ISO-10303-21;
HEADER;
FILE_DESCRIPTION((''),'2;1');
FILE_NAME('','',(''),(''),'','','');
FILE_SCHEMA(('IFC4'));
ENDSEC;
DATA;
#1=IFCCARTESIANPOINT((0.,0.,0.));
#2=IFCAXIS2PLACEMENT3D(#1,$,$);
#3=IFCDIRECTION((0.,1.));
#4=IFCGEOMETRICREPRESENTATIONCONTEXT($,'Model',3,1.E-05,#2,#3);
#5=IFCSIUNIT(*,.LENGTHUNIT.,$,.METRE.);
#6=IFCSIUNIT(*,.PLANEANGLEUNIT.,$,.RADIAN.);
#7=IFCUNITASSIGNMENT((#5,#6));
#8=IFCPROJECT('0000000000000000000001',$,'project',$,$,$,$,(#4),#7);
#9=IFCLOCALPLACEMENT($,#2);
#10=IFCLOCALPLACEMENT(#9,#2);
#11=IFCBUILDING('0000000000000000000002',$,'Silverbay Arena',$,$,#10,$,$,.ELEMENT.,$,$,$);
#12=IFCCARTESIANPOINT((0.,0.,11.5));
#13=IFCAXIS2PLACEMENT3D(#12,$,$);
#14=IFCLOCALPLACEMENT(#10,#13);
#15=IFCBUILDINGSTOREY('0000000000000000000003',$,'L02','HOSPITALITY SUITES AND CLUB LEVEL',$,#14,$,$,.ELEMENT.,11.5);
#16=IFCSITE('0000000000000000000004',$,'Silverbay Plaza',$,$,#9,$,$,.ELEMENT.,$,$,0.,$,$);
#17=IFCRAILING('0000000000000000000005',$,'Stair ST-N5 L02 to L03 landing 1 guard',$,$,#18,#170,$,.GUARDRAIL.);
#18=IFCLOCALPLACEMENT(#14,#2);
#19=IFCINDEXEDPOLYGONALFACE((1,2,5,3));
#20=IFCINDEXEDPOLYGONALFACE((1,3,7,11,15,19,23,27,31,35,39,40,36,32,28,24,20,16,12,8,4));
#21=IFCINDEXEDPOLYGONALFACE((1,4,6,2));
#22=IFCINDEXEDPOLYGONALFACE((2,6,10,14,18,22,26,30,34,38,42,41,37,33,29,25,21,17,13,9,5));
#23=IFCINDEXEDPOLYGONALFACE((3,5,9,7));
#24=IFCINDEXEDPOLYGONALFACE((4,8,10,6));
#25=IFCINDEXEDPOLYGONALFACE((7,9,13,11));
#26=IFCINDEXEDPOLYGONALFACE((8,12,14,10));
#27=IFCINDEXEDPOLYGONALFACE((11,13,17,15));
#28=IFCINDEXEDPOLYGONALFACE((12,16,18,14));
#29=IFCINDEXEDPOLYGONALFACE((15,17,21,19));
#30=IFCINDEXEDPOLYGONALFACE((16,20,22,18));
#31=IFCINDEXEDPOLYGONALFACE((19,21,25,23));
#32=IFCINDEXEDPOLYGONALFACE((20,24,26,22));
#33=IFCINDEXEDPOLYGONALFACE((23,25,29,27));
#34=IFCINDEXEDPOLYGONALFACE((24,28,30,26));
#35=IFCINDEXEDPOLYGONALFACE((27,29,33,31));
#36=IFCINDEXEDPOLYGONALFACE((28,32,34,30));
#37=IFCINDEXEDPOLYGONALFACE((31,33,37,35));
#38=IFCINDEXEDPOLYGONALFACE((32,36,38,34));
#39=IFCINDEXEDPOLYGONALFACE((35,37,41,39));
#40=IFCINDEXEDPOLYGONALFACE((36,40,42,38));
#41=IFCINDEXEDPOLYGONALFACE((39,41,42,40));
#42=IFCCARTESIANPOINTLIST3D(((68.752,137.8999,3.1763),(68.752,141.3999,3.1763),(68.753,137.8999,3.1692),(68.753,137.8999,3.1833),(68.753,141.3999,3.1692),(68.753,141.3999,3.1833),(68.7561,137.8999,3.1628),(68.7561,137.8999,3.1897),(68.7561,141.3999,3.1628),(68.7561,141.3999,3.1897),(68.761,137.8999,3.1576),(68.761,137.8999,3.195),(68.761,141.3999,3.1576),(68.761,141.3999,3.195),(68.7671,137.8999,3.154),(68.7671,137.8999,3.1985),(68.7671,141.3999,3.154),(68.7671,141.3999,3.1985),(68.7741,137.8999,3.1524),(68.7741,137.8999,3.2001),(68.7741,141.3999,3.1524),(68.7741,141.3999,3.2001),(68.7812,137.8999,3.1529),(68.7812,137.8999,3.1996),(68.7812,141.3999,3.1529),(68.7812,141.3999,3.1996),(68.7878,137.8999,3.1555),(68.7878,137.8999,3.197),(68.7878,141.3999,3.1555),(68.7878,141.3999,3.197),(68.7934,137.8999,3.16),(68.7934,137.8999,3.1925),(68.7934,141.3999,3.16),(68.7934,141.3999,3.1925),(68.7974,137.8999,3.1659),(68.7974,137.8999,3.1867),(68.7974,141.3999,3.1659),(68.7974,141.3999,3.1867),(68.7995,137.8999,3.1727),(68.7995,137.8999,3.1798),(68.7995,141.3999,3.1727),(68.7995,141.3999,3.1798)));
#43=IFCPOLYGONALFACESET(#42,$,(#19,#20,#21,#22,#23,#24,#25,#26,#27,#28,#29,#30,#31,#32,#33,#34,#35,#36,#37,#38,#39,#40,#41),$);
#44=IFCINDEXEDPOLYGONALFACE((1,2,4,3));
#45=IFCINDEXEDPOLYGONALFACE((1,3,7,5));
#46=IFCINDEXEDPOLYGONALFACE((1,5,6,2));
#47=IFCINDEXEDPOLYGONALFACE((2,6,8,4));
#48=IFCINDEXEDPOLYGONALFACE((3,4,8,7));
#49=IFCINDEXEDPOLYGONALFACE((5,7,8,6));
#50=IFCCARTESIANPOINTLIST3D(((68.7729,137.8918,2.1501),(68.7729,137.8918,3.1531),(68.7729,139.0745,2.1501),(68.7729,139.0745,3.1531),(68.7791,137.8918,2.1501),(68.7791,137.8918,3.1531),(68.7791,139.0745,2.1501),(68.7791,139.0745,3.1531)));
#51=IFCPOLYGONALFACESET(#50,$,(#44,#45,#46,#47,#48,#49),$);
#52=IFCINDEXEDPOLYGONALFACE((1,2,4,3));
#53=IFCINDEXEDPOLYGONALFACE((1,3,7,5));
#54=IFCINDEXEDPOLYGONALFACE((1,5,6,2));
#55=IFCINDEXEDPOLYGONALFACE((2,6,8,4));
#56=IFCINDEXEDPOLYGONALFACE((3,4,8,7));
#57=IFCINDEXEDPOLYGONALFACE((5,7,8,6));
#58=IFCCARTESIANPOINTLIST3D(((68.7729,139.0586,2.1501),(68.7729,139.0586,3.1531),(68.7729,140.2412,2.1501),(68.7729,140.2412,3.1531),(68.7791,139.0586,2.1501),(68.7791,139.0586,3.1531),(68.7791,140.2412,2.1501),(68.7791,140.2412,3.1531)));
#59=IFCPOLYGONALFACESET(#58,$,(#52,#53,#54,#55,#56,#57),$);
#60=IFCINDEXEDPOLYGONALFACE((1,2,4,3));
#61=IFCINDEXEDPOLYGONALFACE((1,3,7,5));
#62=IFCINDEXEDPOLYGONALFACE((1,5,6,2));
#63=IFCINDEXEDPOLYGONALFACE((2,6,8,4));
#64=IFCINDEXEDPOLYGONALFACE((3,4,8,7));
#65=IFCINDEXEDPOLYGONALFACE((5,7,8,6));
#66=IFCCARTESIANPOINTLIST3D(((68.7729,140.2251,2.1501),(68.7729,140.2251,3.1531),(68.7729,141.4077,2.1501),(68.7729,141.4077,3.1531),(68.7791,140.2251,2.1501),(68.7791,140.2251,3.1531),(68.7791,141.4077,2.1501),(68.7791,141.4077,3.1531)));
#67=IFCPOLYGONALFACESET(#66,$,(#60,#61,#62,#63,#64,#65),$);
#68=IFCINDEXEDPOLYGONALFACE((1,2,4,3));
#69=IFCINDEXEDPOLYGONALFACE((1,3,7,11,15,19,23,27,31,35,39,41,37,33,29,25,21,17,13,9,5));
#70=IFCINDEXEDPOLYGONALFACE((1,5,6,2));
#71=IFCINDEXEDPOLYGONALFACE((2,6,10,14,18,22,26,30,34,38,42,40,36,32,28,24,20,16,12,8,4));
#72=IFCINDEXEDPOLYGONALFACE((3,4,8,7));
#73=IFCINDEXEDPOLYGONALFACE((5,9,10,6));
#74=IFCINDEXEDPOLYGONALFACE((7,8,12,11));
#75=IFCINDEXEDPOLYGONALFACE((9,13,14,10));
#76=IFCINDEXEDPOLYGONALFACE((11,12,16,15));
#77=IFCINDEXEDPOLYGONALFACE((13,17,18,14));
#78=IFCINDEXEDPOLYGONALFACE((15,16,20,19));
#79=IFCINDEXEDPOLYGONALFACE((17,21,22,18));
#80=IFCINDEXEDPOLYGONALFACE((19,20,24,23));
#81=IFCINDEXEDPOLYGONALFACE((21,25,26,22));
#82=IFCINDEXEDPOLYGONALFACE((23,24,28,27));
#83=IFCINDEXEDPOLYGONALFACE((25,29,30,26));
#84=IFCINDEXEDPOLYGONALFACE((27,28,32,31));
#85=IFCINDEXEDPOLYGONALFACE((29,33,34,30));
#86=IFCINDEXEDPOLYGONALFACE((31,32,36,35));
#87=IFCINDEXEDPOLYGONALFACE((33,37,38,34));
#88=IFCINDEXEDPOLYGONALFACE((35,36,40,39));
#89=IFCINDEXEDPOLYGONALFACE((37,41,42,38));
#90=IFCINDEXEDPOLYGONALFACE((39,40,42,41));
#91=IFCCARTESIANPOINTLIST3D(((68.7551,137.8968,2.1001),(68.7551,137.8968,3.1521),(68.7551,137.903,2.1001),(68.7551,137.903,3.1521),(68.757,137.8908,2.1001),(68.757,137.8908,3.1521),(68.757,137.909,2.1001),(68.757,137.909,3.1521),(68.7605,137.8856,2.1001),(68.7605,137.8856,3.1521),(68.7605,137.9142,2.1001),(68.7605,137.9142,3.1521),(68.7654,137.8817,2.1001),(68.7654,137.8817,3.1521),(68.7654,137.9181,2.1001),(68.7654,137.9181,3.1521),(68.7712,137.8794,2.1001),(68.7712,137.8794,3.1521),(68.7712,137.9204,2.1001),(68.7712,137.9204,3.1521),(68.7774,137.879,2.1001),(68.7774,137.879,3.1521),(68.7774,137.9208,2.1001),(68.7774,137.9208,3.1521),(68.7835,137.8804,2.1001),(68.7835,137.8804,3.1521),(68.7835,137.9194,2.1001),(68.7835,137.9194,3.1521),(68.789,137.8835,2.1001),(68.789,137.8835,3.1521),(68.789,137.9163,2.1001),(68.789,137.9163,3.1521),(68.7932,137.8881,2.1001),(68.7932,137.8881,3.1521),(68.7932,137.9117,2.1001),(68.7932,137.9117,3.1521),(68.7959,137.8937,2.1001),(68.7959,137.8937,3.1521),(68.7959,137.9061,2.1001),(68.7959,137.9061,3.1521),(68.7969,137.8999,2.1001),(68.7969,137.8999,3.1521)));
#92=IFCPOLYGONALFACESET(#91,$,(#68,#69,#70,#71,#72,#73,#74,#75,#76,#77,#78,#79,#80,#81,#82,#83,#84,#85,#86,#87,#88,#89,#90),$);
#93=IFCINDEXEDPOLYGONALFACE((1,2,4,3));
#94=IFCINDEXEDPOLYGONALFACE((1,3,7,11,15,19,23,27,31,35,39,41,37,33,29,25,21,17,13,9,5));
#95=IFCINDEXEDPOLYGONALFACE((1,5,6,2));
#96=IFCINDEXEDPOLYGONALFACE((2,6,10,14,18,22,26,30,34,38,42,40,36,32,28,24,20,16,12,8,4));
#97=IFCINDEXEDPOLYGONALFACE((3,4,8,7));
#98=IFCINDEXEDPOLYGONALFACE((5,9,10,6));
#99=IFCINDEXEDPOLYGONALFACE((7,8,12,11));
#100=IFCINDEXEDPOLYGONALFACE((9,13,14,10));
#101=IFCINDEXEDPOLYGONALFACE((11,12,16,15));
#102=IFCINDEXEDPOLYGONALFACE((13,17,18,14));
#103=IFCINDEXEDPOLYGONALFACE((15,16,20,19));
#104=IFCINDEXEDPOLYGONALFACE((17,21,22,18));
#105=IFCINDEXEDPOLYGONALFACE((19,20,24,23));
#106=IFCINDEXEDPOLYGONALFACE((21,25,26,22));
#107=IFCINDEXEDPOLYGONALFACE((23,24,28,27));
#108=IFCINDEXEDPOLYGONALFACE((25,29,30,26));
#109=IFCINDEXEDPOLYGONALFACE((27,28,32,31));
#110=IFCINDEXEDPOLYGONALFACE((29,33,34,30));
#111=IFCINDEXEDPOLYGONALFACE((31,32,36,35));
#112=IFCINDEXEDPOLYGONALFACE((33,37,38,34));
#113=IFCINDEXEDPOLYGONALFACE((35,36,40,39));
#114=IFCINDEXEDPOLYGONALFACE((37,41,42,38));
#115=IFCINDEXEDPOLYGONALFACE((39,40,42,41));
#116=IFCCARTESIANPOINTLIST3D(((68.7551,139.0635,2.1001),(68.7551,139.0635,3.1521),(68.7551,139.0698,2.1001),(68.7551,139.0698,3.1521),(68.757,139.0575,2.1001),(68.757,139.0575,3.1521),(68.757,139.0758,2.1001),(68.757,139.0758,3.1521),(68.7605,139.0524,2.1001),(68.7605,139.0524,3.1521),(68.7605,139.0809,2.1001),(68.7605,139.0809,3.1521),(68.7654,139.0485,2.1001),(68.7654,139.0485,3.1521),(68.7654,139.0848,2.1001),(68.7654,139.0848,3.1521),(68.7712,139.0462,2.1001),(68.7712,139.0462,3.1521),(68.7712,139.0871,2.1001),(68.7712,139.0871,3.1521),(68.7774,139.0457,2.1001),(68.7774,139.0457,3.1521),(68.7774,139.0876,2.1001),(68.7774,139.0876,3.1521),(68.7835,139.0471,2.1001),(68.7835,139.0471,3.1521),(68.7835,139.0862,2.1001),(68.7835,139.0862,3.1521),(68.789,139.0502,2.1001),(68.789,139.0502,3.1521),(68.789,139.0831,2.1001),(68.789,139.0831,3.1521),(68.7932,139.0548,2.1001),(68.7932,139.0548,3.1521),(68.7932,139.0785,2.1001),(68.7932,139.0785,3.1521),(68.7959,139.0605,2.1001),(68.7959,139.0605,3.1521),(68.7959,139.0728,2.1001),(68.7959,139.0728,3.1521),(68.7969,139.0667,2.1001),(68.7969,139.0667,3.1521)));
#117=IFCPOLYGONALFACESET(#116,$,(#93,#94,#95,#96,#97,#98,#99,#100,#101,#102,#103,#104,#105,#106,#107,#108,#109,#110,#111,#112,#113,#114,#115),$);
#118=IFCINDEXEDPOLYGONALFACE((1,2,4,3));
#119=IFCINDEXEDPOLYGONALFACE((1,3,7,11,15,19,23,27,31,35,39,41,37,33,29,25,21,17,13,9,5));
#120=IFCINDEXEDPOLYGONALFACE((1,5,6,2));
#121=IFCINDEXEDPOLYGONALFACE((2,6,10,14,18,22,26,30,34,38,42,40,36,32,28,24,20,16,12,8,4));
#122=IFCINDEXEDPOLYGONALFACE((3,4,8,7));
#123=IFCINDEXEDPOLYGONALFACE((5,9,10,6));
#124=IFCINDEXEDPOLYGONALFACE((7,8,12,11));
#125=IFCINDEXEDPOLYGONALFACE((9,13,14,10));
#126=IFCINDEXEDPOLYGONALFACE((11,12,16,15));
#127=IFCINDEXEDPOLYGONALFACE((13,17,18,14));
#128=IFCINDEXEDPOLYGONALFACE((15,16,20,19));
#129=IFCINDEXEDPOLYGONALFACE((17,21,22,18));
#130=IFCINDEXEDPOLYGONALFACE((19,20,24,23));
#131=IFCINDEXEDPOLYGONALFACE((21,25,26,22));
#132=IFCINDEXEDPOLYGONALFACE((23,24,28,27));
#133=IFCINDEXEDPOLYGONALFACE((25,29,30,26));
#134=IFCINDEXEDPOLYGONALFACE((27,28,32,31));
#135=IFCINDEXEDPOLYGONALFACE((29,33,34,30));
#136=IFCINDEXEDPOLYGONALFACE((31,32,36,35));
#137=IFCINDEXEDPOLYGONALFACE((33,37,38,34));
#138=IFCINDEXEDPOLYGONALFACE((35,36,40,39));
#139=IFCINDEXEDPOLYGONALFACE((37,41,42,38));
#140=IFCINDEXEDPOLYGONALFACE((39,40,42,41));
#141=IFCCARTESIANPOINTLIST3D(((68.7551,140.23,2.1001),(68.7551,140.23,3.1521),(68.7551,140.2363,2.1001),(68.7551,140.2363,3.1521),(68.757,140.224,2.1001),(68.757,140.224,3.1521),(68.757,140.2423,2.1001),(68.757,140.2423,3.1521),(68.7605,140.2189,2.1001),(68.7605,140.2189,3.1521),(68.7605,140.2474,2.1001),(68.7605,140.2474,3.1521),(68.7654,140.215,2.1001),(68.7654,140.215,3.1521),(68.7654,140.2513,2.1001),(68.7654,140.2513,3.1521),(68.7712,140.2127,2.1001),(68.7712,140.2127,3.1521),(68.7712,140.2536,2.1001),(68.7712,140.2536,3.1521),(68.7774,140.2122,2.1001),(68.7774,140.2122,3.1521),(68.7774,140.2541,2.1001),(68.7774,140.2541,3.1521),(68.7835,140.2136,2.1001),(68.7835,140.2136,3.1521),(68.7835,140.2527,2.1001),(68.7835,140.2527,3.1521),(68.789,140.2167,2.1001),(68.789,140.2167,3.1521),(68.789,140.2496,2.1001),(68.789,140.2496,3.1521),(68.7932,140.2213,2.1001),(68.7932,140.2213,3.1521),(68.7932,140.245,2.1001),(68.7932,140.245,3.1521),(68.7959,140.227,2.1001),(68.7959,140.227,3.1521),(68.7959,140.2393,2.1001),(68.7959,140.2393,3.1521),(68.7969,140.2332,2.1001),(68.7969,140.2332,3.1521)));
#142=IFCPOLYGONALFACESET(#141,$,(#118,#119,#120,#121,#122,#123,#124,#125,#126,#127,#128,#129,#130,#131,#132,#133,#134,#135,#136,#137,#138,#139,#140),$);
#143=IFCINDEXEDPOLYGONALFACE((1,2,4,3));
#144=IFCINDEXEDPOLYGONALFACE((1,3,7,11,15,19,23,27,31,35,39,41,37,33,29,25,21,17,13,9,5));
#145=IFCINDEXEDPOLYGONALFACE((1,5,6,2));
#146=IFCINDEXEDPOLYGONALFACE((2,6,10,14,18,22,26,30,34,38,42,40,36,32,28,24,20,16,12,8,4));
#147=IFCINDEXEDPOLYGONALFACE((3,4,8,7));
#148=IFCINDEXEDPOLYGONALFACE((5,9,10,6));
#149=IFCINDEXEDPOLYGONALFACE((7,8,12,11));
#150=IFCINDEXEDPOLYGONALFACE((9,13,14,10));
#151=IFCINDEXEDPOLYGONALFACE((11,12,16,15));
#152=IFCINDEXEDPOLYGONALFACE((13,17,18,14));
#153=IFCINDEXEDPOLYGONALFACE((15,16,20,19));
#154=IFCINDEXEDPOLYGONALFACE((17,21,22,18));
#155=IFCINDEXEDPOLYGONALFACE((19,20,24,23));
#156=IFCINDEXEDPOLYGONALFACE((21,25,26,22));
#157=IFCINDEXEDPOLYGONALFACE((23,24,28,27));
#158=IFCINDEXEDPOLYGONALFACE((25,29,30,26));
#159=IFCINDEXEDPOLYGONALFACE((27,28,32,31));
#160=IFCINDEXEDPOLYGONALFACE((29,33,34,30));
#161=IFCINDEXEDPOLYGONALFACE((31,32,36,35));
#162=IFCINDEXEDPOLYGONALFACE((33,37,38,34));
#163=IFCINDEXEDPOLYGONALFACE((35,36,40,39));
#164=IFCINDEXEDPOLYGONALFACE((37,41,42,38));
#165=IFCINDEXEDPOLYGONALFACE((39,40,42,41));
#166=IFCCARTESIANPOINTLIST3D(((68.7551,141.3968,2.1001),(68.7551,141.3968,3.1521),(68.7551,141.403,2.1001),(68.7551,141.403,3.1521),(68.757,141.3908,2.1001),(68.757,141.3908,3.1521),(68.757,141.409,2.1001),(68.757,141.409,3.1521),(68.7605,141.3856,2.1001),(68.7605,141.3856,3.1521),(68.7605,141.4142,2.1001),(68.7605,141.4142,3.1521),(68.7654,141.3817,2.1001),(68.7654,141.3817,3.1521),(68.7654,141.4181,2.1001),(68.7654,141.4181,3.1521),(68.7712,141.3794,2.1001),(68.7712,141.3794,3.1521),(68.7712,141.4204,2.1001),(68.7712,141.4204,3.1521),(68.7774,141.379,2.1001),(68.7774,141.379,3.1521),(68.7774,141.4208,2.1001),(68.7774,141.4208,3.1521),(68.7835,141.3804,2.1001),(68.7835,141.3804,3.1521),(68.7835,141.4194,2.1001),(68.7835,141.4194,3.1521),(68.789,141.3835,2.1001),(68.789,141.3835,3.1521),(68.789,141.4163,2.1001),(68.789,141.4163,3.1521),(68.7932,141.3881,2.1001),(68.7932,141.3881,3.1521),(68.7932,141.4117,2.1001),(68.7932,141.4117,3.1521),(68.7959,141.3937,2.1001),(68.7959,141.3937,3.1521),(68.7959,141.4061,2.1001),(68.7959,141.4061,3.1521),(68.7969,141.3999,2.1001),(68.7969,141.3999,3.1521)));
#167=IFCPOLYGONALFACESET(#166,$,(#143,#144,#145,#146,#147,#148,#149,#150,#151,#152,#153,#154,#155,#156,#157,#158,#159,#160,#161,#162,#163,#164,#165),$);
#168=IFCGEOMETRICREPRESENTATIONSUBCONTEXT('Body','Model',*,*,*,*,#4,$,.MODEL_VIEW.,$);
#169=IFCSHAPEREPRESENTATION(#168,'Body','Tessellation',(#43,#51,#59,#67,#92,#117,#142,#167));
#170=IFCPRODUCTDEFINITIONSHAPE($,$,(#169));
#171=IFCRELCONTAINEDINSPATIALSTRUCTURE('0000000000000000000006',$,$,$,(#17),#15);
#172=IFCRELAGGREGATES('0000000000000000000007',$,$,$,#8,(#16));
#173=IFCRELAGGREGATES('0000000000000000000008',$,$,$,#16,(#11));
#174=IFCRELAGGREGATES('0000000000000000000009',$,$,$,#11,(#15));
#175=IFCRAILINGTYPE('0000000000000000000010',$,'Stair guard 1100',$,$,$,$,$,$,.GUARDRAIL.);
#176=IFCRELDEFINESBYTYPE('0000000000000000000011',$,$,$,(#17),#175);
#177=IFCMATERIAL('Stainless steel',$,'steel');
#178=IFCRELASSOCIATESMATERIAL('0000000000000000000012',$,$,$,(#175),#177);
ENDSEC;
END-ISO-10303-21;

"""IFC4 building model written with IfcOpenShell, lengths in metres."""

from ifc_helpers import new_model, si_unit, direction, frame, origin, origin_2d, place, context, subcontext, project, spatial, polyline, circle, outline, extrude, material, type_object, element, save


model = new_model("IFC4")

# Units and contexts
model_context = context("Model", 3, precision=1e-05, world=origin(), true_north=direction((0.0, 1.0)))
body_context = subcontext(model_context, "Body", "Model", "MODEL_VIEW")
ifc_project = project(units=[si_unit("LENGTHUNIT", "METRE"), si_unit("PLANEANGLEUNIT", "RADIAN")], contexts=[model_context])

# Site, building, storey
site_placement = place(None, origin())
site = spatial("IfcSite", under=ifc_project, at=site_placement, Name="Silverbay Plaza", CompositionType="ELEMENT", RefElevation=0.0)
building_placement = place(site_placement, origin())
building = spatial("IfcBuilding", under=site, at=building_placement, Name="Silverbay Arena", CompositionType="ELEMENT")
storey_placement = place(building_placement, frame((0.0, 0.0, 11.5)))
storey = spatial("IfcBuildingStorey", under=building, at=storey_placement, Name="L02", Description="HOSPITALITY SUITES AND CLUB LEVEL", CompositionType="ELEMENT", Elevation=11.5)

# Railing
ifc_material_1 = material(Name="Stainless steel", Category="steel")
railing_type_1 = type_object("IfcRailingType", Name="Stair guard 1100", PredefinedType="GUARDRAIL", material=ifc_material_1)
for number, where, name in (
    (1, (68.7759, 137.8999, 2.1001), "Stair ST-N5 L02 to L03 landing 1 guard"),
):
    element("IfcRailing", number, at=place(storey_placement, frame(where)), inside=storey, type_object=railing_type_1, Name=name, PredefinedType="GUARDRAIL", context=body_context, shape_type="SweptSolid", body=[
        extrude(circle(Radius=0.0239, at=origin_2d()), frame((0.0, 0.0, 1.0762), z_axis=(0.0, 1.0, 0.0), x_axis=(-1.0, 0.0, 0.0)), (0.0, 0.0, 1.0), 3.5),
        extrude(outline(polyline([(-0.0081, 0.05), (1.1746, 0.05), (1.1746, 1.053), (-0.0081, 1.053), (-0.0081, 0.05)])), frame((-0.0029, 0.0, 0.0), z_axis=(1.0, 0.0, 0.0), x_axis=(0.0, 1.0, 0.0)), (0.0, 0.0, 1.0), 0.0061),
        extrude(outline(polyline([(-0.0081, 0.05), (1.1746, 0.05), (1.1746, 1.053), (-0.0081, 1.053), (-0.0081, 0.05)])), frame((-0.0029, 1.1667, 0.0), z_axis=(1.0, 0.0, 0.0), x_axis=(0.0, 1.0, 0.0)), (0.0, 0.0, 1.0), 0.0061),
        extrude(outline(polyline([(-0.0081, 0.05), (1.1746, 0.05), (1.1746, 1.053), (-0.0081, 1.053), (-0.0081, 0.05)])), frame((-0.0029, 2.3333, 0.0), z_axis=(1.0, 0.0, 0.0), x_axis=(0.0, 1.0, 0.0)), (0.0, 0.0, 1.0), 0.0061),
        extrude(circle(Radius=0.021, at=origin_2d()), origin(), (0.0, 0.0, 1.0), 1.052),
        extrude(circle(Radius=0.021, at=origin_2d()), frame((0.0, 1.1667, 0.0)), (0.0, 0.0, 1.0), 1.052),
        extrude(circle(Radius=0.021, at=origin_2d()), frame((0.0, 2.3333, 0.0)), (0.0, 0.0, 1.0), 1.052),
        extrude(circle(Radius=0.021, at=origin_2d()), frame((0.0, 3.5, 0.0)), (0.0, 0.0, 1.0), 1.052),
    ])

save(model, "model.ifc")
